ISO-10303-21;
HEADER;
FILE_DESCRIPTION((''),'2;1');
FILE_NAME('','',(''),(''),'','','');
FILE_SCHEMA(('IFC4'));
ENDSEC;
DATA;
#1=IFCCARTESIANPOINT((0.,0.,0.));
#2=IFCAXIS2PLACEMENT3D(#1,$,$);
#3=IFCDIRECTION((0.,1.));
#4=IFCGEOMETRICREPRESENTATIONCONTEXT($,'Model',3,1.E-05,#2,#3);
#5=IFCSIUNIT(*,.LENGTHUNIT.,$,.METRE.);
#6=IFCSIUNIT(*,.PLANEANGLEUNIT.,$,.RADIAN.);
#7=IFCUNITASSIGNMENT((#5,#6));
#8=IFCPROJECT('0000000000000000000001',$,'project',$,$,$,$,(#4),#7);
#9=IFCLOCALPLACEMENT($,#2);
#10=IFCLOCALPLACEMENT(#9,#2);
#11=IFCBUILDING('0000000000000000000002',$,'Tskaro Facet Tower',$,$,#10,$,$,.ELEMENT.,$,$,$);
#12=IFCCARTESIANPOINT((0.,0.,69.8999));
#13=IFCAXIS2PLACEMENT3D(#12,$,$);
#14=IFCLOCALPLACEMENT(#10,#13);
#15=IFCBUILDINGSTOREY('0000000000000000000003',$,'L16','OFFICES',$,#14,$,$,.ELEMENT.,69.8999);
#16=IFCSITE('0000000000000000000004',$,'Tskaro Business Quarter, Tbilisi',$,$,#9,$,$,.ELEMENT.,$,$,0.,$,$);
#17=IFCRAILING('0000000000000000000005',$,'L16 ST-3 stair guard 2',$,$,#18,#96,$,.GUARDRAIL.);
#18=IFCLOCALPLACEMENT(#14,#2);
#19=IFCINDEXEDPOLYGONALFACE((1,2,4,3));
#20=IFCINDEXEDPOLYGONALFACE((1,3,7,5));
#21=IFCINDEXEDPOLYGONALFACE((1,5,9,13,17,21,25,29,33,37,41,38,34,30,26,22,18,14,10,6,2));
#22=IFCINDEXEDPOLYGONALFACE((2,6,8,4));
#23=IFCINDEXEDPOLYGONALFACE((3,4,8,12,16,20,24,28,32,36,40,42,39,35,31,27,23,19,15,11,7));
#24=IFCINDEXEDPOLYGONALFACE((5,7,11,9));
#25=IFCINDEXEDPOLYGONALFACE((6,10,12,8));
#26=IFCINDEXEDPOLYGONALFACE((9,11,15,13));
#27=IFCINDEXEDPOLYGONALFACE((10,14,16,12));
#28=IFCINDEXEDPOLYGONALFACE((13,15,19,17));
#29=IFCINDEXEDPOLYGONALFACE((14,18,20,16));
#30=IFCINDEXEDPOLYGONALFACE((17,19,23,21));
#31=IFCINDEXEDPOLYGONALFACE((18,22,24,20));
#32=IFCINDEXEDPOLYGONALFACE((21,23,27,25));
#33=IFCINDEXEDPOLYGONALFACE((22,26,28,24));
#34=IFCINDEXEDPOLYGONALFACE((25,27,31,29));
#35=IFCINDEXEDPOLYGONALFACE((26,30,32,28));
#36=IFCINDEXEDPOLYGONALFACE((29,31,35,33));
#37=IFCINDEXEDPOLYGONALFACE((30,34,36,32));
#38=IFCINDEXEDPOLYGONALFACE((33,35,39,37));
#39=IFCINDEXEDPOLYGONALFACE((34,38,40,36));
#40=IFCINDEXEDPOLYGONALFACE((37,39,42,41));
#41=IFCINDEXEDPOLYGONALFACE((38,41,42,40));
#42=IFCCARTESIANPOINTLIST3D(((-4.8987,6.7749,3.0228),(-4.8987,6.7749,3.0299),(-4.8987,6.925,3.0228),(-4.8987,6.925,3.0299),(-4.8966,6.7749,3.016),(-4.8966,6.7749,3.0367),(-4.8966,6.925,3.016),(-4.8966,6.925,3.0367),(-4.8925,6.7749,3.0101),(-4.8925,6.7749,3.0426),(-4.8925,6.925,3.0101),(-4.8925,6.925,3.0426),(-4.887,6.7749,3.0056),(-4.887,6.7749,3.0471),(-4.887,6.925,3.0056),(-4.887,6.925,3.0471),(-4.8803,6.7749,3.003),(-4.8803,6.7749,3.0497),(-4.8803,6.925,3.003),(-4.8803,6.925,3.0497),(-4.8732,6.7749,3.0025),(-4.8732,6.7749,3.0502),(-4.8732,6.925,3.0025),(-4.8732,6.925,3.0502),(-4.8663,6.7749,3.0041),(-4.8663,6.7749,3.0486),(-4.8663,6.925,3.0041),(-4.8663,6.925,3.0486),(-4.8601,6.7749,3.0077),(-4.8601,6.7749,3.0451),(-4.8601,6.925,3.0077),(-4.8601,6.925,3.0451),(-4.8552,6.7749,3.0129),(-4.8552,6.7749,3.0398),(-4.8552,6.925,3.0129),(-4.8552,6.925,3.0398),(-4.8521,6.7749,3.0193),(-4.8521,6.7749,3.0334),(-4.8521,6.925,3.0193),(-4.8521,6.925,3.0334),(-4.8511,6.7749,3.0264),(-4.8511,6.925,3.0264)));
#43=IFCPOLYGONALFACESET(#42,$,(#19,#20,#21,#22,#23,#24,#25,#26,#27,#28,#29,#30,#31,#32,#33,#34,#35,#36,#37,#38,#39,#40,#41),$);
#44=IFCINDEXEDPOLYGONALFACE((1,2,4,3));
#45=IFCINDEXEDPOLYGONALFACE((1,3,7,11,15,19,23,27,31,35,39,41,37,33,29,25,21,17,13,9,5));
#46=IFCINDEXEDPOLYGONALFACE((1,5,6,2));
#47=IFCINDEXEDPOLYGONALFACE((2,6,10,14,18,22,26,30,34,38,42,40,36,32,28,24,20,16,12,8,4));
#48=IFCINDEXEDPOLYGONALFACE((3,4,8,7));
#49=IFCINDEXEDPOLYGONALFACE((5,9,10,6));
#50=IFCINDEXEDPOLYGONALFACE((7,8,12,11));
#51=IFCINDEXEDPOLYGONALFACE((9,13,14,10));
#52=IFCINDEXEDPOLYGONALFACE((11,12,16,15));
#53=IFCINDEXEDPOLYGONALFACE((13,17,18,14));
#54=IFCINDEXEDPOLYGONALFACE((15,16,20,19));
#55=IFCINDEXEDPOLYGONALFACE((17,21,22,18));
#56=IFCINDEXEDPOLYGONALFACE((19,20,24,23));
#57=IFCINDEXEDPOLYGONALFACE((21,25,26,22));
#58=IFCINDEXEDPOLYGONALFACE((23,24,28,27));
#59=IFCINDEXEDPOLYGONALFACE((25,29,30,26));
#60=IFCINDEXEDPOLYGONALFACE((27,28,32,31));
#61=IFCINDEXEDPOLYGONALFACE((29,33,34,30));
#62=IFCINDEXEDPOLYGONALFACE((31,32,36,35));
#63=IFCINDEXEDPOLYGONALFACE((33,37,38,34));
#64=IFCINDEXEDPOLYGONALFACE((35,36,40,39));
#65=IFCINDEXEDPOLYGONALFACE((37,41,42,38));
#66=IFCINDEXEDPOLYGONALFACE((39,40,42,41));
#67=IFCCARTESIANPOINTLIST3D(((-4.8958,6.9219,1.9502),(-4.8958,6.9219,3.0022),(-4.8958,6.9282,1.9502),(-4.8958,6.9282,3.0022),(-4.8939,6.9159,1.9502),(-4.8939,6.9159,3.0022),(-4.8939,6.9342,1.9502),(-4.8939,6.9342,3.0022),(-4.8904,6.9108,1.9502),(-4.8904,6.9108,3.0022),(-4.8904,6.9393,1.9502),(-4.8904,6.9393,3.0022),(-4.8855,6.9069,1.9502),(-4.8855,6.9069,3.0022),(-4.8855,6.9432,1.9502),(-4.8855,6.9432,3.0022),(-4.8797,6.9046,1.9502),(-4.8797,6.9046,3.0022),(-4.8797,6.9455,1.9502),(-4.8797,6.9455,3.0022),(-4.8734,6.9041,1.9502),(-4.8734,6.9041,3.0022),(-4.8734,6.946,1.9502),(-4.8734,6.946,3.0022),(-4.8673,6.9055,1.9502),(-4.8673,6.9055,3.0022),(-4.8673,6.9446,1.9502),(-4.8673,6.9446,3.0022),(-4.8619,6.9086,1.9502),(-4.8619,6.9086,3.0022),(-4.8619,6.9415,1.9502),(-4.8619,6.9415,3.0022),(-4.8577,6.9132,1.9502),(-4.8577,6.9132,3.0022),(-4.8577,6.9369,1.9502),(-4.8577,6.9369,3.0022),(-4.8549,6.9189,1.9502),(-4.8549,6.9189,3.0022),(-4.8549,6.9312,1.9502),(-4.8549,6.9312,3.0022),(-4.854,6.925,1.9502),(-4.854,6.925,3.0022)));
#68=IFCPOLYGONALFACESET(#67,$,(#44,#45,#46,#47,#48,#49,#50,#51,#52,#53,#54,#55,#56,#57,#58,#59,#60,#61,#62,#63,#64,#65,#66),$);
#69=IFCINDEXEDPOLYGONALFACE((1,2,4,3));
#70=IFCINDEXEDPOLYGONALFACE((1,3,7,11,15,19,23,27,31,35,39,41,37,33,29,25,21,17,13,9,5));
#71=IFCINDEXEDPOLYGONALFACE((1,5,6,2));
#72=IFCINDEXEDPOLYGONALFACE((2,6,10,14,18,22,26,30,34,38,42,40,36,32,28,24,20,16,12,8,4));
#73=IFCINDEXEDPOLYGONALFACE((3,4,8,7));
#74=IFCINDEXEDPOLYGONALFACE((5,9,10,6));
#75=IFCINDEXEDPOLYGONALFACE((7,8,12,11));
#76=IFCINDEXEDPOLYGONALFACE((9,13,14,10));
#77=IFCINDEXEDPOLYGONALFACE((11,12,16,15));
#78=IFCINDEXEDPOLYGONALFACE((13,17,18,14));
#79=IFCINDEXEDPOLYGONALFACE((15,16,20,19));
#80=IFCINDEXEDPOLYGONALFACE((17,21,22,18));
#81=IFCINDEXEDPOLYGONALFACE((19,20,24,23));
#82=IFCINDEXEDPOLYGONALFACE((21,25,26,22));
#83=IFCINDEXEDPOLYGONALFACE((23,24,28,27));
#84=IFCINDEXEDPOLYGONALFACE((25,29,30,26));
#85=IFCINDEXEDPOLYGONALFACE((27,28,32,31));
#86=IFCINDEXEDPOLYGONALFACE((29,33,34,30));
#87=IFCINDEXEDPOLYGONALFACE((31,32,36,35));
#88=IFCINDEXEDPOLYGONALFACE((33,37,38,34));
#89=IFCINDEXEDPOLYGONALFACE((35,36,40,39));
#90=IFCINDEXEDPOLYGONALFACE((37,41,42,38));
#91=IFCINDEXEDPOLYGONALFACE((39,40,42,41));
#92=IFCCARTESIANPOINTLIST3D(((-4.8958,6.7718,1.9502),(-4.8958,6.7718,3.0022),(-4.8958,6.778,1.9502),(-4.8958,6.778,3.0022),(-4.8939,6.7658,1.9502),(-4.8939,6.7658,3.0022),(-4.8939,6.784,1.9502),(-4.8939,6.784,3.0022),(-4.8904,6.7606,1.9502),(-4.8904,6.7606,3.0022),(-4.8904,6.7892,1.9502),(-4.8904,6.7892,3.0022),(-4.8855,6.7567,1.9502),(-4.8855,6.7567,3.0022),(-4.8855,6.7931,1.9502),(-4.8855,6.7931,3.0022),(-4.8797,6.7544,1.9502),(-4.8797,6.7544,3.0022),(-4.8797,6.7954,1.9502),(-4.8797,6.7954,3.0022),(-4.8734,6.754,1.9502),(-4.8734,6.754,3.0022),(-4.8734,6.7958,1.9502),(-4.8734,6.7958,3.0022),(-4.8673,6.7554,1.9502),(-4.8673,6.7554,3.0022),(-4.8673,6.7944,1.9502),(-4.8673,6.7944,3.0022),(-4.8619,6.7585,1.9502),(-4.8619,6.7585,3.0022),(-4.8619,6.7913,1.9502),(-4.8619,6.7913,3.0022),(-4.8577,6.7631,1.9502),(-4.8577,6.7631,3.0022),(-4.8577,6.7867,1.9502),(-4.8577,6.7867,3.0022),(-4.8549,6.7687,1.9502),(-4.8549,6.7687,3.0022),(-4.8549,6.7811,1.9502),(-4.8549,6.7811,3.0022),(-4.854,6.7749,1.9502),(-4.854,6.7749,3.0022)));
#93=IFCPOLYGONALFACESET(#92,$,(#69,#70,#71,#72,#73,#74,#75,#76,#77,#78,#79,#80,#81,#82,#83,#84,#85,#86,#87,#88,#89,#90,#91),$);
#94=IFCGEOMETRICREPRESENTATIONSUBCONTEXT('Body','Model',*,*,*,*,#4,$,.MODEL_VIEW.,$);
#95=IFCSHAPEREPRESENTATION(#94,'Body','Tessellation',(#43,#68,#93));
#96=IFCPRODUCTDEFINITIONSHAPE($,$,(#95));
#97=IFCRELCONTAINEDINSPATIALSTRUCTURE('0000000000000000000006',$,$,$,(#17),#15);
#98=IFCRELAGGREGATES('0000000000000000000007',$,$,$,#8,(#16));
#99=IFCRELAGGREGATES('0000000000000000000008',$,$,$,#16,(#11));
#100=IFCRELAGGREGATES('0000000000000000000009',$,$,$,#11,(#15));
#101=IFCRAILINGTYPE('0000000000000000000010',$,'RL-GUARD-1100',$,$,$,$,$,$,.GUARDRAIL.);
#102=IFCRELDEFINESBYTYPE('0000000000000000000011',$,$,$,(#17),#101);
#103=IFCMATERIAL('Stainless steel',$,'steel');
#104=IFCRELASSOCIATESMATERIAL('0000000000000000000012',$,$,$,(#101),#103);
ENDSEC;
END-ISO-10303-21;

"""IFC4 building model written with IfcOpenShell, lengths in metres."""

from ifc_helpers import new_model, si_unit, direction, frame, origin, origin_2d, place, context, subcontext, project, spatial, circle, extrude, material, type_object, element, save


model = new_model("IFC4")

# Units and contexts
model_context = context("Model", 3, precision=1e-05, world=origin(), true_north=direction((0.0, 1.0)))
body_context = subcontext(model_context, "Body", "Model", "MODEL_VIEW")
ifc_project = project(units=[si_unit("LENGTHUNIT", "METRE"), si_unit("PLANEANGLEUNIT", "RADIAN")], contexts=[model_context])

# Site, building, storey
site_placement = place(None, origin())
site = spatial("IfcSite", under=ifc_project, at=site_placement, Name="Tskaro Business Quarter, Tbilisi", CompositionType="ELEMENT", RefElevation=0.0)
building_placement = place(site_placement, origin())
building = spatial("IfcBuilding", under=site, at=building_placement, Name="Tskaro Facet Tower", CompositionType="ELEMENT")
storey_placement = place(building_placement, frame((0.0, 0.0, 69.8999)))
storey = spatial("IfcBuildingStorey", under=building, at=storey_placement, Name="L16", Description="OFFICES", CompositionType="ELEMENT", Elevation=69.8999)

# Railing
ifc_material_1 = material(Name="Stainless steel", Category="steel")
railing_type_1 = type_object("IfcRailingType", Name="RL-GUARD-1100", PredefinedType="GUARDRAIL", material=ifc_material_1)
railing_1_placement = place(storey_placement, frame((-4.875, 6.925, 1.9502)))
element("IfcRailing", 1, at=railing_1_placement, inside=storey, type_object=railing_type_1, Name="L16 ST-3 stair guard 2", PredefinedType="GUARDRAIL", context=body_context, shape_type="SweptSolid", body=[
    extrude(circle(Radius=0.0239, at=origin_2d()), frame((0.0, 0.0, 1.0762), z_axis=(0.0, -1.0, 0.0), x_axis=(1.0, 0.0, 0.0)), (0.0, 0.0, 1.0), 0.1501),
    extrude(circle(Radius=0.021, at=origin_2d()), origin(), (0.0, 0.0, 1.0), 1.052),
    extrude(circle(Radius=0.021, at=origin_2d()), frame((0.0, -0.1501, 0.0)), (0.0, 0.0, 1.0), 1.052),
])

save(model, "model.ifc")
